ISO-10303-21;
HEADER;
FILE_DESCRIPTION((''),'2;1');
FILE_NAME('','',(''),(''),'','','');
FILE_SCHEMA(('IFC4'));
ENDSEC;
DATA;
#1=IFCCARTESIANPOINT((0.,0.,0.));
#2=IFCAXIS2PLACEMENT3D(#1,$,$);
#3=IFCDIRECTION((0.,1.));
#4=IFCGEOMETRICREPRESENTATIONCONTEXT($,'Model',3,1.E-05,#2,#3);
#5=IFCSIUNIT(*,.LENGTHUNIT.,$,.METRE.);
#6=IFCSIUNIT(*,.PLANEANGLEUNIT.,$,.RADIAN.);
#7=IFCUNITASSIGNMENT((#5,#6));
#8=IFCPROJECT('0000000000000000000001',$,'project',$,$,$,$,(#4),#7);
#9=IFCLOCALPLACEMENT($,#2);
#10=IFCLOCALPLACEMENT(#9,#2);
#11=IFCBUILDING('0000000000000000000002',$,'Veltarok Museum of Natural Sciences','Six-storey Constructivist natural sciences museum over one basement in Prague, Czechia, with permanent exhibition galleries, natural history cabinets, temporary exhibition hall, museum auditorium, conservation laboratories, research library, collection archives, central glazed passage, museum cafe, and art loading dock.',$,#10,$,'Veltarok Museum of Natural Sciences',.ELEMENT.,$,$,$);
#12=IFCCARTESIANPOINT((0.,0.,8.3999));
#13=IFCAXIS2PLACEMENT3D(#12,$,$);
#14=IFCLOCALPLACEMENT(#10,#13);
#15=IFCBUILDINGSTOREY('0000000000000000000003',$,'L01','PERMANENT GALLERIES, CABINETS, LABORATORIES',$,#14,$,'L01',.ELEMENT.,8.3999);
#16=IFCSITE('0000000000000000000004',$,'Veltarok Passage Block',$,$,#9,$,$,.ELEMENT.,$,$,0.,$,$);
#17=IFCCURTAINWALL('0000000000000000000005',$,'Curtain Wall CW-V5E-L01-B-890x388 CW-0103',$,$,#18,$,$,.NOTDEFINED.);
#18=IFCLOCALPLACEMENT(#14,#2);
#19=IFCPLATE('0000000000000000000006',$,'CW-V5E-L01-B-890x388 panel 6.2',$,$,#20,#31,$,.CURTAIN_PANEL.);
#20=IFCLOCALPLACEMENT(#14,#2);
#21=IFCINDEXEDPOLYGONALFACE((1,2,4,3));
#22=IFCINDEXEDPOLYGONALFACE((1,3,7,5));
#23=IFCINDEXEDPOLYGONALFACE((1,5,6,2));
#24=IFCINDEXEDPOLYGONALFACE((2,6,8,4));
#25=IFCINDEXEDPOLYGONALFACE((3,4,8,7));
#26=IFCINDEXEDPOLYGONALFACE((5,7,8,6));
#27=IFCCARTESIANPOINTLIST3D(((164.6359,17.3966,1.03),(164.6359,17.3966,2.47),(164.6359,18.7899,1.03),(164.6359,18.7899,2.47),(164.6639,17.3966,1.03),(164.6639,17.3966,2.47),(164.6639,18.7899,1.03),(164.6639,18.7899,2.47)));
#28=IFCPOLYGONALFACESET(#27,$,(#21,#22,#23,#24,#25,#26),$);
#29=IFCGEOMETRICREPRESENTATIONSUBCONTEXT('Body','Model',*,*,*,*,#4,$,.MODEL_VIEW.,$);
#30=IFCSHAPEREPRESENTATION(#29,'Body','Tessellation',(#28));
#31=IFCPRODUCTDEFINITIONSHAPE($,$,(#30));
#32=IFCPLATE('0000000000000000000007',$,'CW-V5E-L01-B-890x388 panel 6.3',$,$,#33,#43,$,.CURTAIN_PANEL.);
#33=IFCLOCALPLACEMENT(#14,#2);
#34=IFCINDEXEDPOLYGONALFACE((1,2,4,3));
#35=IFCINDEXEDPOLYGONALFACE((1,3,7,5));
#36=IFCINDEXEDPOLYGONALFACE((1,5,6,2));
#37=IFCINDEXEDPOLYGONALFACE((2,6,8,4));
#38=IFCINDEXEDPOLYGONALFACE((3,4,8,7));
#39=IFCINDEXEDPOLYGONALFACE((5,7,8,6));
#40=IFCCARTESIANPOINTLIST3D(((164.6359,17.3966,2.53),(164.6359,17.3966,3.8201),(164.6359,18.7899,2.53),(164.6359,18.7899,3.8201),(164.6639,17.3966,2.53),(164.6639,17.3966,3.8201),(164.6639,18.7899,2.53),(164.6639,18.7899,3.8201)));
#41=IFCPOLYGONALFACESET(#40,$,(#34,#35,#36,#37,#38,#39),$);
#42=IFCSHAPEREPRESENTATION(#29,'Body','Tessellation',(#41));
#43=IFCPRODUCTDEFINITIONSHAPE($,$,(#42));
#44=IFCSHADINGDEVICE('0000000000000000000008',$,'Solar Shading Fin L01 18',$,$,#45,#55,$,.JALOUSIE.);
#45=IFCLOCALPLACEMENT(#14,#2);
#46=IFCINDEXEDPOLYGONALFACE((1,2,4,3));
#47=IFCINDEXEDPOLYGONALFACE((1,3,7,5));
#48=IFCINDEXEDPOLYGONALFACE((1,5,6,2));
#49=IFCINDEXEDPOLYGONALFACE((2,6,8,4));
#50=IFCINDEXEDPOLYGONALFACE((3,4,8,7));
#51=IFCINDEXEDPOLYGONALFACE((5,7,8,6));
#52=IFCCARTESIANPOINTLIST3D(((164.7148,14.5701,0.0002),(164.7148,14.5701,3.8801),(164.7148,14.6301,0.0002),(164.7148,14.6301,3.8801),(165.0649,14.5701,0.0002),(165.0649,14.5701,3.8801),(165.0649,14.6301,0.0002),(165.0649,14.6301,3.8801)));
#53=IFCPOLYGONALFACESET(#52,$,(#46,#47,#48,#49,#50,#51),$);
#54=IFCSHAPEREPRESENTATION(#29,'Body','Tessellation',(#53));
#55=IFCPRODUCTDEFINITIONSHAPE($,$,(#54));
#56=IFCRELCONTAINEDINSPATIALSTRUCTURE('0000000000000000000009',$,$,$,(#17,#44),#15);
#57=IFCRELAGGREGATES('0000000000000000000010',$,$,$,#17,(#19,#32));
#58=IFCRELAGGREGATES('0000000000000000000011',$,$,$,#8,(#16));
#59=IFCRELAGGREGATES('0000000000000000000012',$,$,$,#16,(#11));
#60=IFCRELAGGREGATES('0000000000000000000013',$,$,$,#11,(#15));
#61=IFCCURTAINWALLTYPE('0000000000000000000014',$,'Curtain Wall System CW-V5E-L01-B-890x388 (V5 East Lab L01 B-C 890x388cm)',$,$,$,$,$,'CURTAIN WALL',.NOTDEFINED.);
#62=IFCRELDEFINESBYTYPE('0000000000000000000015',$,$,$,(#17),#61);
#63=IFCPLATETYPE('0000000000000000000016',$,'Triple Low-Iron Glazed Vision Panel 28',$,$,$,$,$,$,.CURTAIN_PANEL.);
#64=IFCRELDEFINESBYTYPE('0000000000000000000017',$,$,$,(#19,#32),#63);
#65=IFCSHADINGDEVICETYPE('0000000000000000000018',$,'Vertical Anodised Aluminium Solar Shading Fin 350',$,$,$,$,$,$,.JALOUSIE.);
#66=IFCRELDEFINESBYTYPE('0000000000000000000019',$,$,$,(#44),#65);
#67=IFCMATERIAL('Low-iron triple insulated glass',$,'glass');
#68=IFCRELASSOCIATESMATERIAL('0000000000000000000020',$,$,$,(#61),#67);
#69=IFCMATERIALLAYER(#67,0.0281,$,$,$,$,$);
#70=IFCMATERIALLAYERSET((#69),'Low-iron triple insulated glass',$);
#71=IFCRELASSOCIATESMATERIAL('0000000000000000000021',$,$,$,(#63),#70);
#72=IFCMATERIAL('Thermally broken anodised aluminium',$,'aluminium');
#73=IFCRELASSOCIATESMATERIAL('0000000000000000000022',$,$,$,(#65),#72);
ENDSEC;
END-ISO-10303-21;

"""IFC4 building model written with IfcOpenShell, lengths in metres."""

from ifc_helpers import new_model, si_unit, direction, frame, origin, origin_2d, place, context, subcontext, project, spatial, rectangle, extrude, material, layer, layer_set, type_object, element, aggregate, save


model = new_model("IFC4")

# Units and contexts
model_context = context("Model", 3, precision=1e-05, world=origin(), true_north=direction((0.0, 1.0)))
body_context = subcontext(model_context, "Body", "Model", "MODEL_VIEW")
ifc_project = project(units=[si_unit("LENGTHUNIT", "METRE"), si_unit("PLANEANGLEUNIT", "RADIAN")], contexts=[model_context])

# Site, building, storey
site_placement = place(None, origin())
site = spatial("IfcSite", under=ifc_project, at=site_placement, Name="Veltarok Passage Block", CompositionType="ELEMENT", RefElevation=0.0)
building_placement = place(site_placement, origin())
building = spatial("IfcBuilding", under=site, at=building_placement, Name="Veltarok Museum of Natural Sciences", Description="Six-storey Constructivist natural sciences museum over one basement in Prague, Czechia, with permanent exhibition galleries, natural history cabinets, temporary exhibition hall, museum auditorium, conservation laboratories, research library, collection archives, central glazed passage, museum cafe, and art loading dock.", LongName="Veltarok Museum of Natural Sciences", CompositionType="ELEMENT")
storey_placement = place(building_placement, frame((0.0, 0.0, 8.3999)))
storey = spatial("IfcBuildingStorey", under=building, at=storey_placement, Name="L01", Description="PERMANENT GALLERIES, CABINETS, LABORATORIES", LongName="L01", CompositionType="ELEMENT", Elevation=8.3999)

# Curtain wall
ifc_material_1 = material(Name="Low-iron triple insulated glass", Category="glass")
curtain_wall_type_1 = type_object("IfcCurtainWallType", Name="Curtain Wall System CW-V5E-L01-B-890x388 (V5 East Lab L01 B-C 890x388cm)", ElementType="CURTAIN WALL", PredefinedType="NOTDEFINED", material=ifc_material_1)
curtain_wall_1_placement = place(storey_placement, origin())
curtain_wall_1 = element("IfcCurtainWall", 1, at=curtain_wall_1_placement, inside=storey, type_object=curtain_wall_type_1, Name="Curtain Wall CW-V5E-L01-B-890x388 CW-0103", PredefinedType="NOTDEFINED")
ifc_material_2 = material(Name="Thermally broken anodised aluminium", Category="aluminium")

# Plates
ifc_layer = layer(ifc_material_1, 0.0281)
ifc_layer_set = layer_set([ifc_layer], Name="Low-iron triple insulated glass")
plate_type = type_object("IfcPlateType", Name="Triple Low-Iron Glazed Vision Panel 28", PredefinedType="CURTAIN_PANEL", material=ifc_layer_set)
plate_1_placement = place(storey_placement, frame((164.6499, 18.0933, 1.03), z_axis=(0.0, 0.0, 1.0), x_axis=(0.0, 1.0, 0.0)))
plate_1 = element("IfcPlate", 2, at=plate_1_placement, type_object=plate_type, Name="CW-V5E-L01-B-890x388 panel 6.2", PredefinedType="CURTAIN_PANEL", context=body_context, shape_type="SweptSolid", body=[
    extrude(rectangle(XDim=1.3933, YDim=0.0281, at=origin_2d()), origin(), (0.0, 0.0, 1.0), 1.4399),
])
plate_2_placement = place(storey_placement, frame((164.6499, 18.0933, 2.53), z_axis=(0.0, 0.0, 1.0), x_axis=(0.0, 1.0, 0.0)))
plate_2 = element("IfcPlate", 3, at=plate_2_placement, type_object=plate_type, Name="CW-V5E-L01-B-890x388 panel 6.3", PredefinedType="CURTAIN_PANEL", context=body_context, shape_type="SweptSolid", body=[
    extrude(rectangle(XDim=1.3933, YDim=0.0281, at=origin_2d()), origin(), (0.0, 0.0, 1.0), 1.29),
])
aggregate(curtain_wall_1, [plate_1, plate_2])

# Shading device
shading_device_type = type_object("IfcShadingDeviceType", Name="Vertical Anodised Aluminium Solar Shading Fin 350", PredefinedType="JALOUSIE", material=ifc_material_2)
shading_device_placement = place(storey_placement, frame((164.8899, 14.6001, 0.0002), z_axis=(0.0, 0.0, 1.0), x_axis=(1.0, 0.0, 0.0)))
element("IfcShadingDevice", 4, at=shading_device_placement, inside=storey, type_object=shading_device_type, Name="Solar Shading Fin L01 18", PredefinedType="JALOUSIE", context=body_context, shape_type="SweptSolid", body=[
    extrude(rectangle(XDim=0.3501, YDim=0.0601, at=origin_2d()), origin(), (0.0, 0.0, 1.0), 3.8799),
])

save(model, "model.ifc")
